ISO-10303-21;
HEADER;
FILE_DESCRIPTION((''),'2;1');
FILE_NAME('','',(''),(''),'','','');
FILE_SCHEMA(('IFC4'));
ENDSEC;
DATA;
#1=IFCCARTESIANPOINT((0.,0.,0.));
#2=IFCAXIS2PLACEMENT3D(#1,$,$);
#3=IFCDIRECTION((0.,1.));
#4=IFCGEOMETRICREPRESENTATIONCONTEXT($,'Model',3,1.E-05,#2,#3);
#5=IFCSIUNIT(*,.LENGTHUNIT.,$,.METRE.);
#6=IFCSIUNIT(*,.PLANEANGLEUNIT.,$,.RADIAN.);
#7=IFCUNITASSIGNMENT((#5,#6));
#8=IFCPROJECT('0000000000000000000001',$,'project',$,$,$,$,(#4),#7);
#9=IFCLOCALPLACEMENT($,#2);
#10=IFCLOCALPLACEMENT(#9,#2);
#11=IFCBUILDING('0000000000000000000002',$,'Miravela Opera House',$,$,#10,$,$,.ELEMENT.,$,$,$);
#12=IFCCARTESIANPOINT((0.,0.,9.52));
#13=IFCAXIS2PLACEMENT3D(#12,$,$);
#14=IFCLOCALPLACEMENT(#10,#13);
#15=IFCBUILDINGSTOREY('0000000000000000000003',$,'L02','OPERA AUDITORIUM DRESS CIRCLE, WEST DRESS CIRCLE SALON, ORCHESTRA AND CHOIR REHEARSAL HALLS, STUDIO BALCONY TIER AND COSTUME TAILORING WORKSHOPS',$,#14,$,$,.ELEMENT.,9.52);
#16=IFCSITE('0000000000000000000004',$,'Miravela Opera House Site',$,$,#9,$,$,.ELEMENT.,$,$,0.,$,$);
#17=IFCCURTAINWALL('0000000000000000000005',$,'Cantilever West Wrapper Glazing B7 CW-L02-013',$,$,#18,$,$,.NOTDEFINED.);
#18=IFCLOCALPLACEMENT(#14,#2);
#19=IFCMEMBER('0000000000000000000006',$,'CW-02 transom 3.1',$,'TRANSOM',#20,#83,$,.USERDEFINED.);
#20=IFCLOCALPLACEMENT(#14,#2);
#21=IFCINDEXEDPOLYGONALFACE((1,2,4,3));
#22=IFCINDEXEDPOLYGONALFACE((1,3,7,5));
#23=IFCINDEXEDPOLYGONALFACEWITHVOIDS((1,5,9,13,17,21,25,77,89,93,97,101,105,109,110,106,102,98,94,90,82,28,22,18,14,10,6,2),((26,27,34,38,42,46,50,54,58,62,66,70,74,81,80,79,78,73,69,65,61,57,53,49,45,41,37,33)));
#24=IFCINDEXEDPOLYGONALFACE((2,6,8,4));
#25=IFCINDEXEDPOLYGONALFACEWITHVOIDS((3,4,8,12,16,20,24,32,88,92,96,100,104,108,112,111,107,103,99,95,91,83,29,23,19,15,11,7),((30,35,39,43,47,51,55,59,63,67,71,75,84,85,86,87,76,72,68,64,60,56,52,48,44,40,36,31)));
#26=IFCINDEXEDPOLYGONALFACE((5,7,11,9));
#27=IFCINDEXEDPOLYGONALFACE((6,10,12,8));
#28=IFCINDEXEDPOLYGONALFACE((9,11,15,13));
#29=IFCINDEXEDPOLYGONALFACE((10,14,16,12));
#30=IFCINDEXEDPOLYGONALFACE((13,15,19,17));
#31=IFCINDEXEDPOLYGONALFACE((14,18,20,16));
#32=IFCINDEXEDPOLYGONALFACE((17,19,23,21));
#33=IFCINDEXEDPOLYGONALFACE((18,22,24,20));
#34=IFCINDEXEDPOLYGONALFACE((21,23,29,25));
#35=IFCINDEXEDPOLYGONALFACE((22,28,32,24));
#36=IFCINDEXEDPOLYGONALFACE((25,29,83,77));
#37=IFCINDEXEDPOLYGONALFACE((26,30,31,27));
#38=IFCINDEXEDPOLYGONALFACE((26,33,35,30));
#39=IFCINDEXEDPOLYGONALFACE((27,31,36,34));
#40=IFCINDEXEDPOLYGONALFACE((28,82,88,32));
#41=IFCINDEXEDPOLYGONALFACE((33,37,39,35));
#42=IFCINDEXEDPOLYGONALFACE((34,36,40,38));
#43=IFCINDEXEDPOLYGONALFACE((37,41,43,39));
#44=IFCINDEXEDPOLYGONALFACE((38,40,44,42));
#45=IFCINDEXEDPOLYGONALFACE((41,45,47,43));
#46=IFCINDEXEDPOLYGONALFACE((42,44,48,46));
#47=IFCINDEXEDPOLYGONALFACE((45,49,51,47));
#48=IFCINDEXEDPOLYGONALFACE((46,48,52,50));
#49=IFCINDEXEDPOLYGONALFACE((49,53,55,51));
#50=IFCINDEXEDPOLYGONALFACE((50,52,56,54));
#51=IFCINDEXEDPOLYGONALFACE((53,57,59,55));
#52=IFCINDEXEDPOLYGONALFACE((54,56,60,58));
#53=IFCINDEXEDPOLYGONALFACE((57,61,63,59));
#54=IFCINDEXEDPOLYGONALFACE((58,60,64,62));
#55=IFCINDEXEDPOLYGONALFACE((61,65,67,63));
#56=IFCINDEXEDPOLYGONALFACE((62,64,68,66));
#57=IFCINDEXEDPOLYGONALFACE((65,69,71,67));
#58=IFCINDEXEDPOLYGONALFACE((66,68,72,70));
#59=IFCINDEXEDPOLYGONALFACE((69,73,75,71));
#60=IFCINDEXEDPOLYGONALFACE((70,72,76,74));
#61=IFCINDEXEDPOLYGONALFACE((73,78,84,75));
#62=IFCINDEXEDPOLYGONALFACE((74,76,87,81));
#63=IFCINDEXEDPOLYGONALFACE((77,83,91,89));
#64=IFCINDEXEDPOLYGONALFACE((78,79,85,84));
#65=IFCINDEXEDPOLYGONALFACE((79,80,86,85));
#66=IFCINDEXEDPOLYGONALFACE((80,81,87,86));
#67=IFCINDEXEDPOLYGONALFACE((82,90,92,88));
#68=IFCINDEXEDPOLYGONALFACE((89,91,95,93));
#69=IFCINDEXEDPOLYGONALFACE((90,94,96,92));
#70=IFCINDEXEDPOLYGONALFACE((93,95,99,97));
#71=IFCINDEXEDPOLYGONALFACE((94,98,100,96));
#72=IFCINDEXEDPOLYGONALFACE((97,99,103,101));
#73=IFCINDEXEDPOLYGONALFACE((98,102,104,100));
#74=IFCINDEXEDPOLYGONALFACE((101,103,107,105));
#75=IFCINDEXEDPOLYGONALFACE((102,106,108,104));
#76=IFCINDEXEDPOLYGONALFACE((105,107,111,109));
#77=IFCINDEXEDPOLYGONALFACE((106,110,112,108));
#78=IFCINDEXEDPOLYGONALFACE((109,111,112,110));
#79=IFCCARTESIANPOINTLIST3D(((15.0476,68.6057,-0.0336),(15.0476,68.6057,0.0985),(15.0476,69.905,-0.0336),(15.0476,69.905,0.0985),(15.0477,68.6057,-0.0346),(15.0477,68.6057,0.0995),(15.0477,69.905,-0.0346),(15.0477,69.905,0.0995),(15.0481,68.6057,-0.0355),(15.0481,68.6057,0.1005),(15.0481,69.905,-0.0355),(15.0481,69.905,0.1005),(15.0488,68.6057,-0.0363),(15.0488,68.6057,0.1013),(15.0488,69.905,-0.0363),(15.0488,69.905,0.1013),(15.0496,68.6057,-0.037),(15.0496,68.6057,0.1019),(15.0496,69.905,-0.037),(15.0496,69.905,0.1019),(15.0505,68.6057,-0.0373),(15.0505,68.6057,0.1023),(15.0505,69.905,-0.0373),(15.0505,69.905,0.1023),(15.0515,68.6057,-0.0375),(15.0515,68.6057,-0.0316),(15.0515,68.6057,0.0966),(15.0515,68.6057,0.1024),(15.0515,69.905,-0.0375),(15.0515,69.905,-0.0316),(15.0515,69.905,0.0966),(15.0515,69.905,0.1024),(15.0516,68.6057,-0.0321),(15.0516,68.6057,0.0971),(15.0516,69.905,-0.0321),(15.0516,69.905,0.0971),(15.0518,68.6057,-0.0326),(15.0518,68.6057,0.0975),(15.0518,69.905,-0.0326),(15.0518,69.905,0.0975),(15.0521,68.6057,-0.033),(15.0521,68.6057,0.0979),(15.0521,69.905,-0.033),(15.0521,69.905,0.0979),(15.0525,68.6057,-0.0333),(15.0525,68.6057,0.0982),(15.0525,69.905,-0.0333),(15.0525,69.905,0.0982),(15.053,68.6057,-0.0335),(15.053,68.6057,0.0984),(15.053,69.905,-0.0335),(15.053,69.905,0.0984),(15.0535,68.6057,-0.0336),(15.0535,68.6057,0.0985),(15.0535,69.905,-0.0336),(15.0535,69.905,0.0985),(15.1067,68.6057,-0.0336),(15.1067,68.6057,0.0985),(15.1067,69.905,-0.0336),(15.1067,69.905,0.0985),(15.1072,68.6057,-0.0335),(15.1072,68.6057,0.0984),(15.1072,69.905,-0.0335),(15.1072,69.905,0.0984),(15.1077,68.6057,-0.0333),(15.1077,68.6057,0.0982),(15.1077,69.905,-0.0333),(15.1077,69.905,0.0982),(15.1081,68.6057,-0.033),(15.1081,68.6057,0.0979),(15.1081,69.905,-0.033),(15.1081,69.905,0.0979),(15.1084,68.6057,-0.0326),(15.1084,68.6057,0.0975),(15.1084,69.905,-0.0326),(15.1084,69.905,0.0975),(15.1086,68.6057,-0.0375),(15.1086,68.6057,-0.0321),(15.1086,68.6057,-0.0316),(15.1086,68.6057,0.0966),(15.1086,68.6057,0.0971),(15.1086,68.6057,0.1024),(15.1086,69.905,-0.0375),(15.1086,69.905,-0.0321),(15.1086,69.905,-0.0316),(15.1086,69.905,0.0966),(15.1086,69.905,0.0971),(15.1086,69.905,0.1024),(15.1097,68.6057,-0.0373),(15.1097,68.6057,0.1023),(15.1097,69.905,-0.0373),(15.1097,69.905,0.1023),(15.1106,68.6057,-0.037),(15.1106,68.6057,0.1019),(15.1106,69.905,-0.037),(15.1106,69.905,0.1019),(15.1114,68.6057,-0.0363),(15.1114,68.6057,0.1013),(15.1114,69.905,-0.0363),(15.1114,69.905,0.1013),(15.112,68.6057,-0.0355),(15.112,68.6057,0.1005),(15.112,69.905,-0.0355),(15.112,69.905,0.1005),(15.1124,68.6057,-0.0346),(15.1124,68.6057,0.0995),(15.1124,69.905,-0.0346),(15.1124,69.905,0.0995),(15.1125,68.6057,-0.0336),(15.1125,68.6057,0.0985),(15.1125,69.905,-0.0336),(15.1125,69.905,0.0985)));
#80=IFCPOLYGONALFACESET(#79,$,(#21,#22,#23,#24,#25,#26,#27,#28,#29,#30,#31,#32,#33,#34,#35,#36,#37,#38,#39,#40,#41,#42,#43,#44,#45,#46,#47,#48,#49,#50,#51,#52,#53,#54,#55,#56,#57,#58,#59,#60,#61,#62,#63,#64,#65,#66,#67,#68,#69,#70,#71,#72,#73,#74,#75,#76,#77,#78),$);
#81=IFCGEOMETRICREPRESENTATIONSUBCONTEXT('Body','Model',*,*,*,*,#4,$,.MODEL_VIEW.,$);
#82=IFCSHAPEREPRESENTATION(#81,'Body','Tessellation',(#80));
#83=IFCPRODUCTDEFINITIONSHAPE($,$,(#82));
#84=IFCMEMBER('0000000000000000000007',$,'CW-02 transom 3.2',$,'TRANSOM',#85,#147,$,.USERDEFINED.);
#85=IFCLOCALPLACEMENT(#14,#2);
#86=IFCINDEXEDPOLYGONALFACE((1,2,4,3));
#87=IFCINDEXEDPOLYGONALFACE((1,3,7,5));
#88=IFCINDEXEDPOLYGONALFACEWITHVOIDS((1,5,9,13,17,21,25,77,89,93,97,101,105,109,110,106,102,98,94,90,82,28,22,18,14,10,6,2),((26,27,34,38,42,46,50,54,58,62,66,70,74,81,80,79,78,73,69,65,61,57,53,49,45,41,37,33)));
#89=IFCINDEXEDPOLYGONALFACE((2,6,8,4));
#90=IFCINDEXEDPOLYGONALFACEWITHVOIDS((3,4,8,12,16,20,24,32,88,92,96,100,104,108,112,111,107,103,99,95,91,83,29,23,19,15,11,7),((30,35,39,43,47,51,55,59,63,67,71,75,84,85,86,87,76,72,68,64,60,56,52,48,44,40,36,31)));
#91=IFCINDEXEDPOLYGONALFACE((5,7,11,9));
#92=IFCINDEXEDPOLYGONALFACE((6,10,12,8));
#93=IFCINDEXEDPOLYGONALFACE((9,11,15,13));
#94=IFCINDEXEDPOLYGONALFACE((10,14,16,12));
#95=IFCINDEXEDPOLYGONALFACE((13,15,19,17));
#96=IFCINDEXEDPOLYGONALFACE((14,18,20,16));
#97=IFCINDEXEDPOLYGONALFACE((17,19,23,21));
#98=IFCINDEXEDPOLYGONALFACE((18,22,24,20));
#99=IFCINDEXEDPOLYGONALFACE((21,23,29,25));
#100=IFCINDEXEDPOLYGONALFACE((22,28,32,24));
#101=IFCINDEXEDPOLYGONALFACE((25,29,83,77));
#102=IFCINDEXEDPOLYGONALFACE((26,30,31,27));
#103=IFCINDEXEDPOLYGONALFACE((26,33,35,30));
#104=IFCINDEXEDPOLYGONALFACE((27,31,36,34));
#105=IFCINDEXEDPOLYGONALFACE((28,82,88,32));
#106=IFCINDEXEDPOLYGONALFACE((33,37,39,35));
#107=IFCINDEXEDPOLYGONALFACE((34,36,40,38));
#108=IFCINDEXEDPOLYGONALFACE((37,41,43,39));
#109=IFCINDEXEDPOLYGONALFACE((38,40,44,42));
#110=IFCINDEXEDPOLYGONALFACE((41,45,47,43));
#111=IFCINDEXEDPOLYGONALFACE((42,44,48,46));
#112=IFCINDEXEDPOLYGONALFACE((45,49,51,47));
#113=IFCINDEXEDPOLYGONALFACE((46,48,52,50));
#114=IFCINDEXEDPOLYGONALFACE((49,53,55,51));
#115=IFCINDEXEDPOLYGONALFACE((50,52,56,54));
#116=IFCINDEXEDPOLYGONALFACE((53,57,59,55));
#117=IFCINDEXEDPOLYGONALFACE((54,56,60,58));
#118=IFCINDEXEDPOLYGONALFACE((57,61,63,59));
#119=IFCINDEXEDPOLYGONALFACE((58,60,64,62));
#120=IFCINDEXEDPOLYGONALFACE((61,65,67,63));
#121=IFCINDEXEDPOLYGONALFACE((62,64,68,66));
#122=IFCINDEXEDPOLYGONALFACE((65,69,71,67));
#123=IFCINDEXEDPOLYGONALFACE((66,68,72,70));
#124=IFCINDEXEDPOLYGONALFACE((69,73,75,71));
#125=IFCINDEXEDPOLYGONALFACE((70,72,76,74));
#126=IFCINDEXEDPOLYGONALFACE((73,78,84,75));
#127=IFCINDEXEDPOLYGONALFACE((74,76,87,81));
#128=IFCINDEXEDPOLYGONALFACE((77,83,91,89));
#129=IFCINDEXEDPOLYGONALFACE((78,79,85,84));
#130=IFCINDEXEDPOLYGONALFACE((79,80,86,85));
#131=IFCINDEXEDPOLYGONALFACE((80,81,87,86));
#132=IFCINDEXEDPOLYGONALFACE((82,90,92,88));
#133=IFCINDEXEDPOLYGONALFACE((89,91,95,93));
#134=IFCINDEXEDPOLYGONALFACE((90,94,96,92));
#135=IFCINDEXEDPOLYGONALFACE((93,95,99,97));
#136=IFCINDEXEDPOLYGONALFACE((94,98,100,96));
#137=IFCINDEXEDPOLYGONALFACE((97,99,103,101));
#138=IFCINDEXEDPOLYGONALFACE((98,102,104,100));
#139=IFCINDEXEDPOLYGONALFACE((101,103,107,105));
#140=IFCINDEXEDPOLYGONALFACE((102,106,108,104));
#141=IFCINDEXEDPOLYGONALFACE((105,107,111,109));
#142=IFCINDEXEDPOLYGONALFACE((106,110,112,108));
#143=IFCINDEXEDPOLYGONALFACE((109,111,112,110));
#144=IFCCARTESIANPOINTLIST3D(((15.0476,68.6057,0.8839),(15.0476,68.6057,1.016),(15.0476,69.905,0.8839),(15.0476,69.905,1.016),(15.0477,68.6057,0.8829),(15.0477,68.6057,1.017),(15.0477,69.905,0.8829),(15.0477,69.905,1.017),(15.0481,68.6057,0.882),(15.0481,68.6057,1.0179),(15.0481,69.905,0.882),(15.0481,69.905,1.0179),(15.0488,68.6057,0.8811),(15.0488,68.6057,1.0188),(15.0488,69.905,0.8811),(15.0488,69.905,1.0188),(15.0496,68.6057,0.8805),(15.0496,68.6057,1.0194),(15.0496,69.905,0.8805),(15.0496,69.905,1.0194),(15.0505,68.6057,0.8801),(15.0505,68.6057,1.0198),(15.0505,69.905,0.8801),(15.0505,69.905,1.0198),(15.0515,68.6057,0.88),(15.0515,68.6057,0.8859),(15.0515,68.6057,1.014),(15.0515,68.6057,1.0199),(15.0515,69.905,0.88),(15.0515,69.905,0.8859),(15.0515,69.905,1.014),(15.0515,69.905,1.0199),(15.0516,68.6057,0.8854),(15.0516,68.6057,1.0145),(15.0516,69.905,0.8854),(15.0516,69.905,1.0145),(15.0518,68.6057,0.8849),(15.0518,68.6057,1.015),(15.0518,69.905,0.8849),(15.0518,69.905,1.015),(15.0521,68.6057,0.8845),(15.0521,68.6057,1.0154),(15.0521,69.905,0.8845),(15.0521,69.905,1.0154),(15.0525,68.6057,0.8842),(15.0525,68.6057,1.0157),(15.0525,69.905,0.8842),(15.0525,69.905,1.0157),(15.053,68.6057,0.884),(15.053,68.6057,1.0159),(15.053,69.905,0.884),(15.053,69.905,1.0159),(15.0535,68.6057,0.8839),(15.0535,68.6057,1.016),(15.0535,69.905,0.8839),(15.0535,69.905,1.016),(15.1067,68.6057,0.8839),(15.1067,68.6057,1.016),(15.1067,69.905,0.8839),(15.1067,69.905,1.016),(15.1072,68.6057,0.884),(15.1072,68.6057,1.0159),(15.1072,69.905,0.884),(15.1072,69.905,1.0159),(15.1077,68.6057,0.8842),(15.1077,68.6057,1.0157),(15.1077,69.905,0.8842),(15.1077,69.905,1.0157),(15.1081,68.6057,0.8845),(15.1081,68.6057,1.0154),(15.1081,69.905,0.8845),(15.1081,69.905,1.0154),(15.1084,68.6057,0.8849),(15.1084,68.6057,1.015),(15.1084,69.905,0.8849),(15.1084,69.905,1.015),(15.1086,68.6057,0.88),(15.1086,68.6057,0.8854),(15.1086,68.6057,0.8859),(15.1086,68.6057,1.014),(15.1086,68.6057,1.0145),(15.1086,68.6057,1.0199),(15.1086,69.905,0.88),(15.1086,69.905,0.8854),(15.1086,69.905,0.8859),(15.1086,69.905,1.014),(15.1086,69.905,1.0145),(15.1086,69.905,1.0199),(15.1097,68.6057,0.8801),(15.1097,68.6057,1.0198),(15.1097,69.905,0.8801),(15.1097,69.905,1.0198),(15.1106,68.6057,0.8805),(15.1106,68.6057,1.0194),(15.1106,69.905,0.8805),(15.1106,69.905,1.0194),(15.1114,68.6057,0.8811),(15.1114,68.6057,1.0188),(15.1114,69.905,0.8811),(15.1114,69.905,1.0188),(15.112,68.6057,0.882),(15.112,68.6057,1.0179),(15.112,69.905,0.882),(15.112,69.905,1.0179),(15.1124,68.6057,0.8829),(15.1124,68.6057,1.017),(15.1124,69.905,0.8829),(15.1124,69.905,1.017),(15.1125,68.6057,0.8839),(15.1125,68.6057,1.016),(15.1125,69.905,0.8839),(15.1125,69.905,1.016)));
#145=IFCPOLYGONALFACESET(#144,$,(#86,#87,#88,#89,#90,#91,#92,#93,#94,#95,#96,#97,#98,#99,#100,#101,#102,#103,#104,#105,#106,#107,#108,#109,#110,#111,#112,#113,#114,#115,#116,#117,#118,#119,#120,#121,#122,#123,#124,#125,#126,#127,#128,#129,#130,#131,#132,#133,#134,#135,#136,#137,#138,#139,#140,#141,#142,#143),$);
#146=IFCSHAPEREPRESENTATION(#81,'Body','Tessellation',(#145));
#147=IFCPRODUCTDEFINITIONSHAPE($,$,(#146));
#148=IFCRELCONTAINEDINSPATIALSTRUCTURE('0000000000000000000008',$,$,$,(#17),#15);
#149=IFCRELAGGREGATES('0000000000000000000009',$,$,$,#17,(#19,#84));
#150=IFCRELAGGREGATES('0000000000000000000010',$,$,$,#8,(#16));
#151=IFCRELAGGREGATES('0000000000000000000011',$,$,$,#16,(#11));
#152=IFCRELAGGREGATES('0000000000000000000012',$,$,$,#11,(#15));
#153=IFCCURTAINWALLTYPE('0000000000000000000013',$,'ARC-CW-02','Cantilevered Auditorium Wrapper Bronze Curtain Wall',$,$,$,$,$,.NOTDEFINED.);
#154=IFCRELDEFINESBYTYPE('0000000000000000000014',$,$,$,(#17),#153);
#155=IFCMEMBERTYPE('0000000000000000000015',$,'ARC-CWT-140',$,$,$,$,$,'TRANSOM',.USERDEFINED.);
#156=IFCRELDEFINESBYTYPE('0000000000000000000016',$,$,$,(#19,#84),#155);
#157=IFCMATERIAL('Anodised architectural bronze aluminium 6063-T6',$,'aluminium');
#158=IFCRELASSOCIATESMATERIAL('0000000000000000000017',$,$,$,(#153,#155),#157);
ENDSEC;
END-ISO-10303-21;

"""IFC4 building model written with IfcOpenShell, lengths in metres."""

from ifc_helpers import new_model, si_unit, direction, frame, origin, origin_2d, place, context, subcontext, project, spatial, hollow_rectangle, extrude, material, material_profile, profile_set, type_object, element, aggregate, save


model = new_model("IFC4")

# Units and contexts
model_context = context("Model", 3, precision=1e-05, world=origin(), true_north=direction((0.0, 1.0)))
body_context = subcontext(model_context, "Body", "Model", "MODEL_VIEW")
ifc_project = project(units=[si_unit("LENGTHUNIT", "METRE"), si_unit("PLANEANGLEUNIT", "RADIAN")], contexts=[model_context])

# Site, building, storey
site_placement = place(None, origin())
site = spatial("IfcSite", under=ifc_project, at=site_placement, Name="Miravela Opera House Site", CompositionType="ELEMENT", RefElevation=0.0)
building_placement = place(site_placement, origin())
building = spatial("IfcBuilding", under=site, at=building_placement, Name="Miravela Opera House", CompositionType="ELEMENT")
storey_placement = place(building_placement, frame((0.0, 0.0, 9.52)))
storey = spatial("IfcBuildingStorey", under=building, at=storey_placement, Name="L02", Description="OPERA AUDITORIUM DRESS CIRCLE, WEST DRESS CIRCLE SALON, ORCHESTRA AND CHOIR REHEARSAL HALLS, STUDIO BALCONY TIER AND COSTUME TAILORING WORKSHOPS", CompositionType="ELEMENT", Elevation=9.52)

# Curtain wall, members
ifc_material_1 = material(Name="Anodised architectural bronze aluminium 6063-T6", Category="aluminium")
curtain_wall_type = type_object("IfcCurtainWallType", Name="ARC-CW-02", Description="Cantilevered Auditorium Wrapper Bronze Curtain Wall", PredefinedType="NOTDEFINED", material=ifc_material_1)
curtain_wall_placement = place(storey_placement, origin())
curtain_wall = element("IfcCurtainWall", 1, at=curtain_wall_placement, inside=storey, type_object=curtain_wall_type, Name="Cantilever West Wrapper Glazing B7 CW-L02-013", PredefinedType="NOTDEFINED")
ifc_material_profile_1 = material_profile(ifc_material_1, hollow_rectangle(XDim=0.0649, YDim=0.1399, WallThickness=0.0039, InnerFilletRadius=0.002, OuterFilletRadius=0.0039, at=origin_2d()), Name="CWT-65X140")
ifc_profile_set_1 = profile_set([ifc_material_profile_1])
member_type_1 = type_object("IfcMemberType", Name="ARC-CWT-140", ElementType="TRANSOM", PredefinedType="USERDEFINED", material=ifc_profile_set_1)
member_1_placement = place(storey_placement, frame((15.0801, 68.6057, 0.0325), z_axis=(0.0, 1.0, 0.0), x_axis=(-1.0, 0.0, 0.0)))
member_1 = element("IfcMember", 2, at=member_1_placement, type_object=member_type_1, Name="CW-02 transom 3.1", ObjectType="TRANSOM", PredefinedType="USERDEFINED", context=body_context, shape_type="SweptSolid", body=[
    extrude(hollow_rectangle(XDim=0.0649, YDim=0.1399, WallThickness=0.0039, InnerFilletRadius=0.002, OuterFilletRadius=0.0039, at=origin_2d()), origin(), (0.0, 0.0, 1.0), 1.2993),
])
member_2_placement = place(storey_placement, frame((15.0801, 68.6057, 0.95), z_axis=(0.0, 1.0, 0.0), x_axis=(-1.0, 0.0, 0.0)))
member_2 = element("IfcMember", 3, at=member_2_placement, type_object=member_type_1, Name="CW-02 transom 3.2", ObjectType="TRANSOM", PredefinedType="USERDEFINED", context=body_context, shape_type="SweptSolid", body=[
    extrude(hollow_rectangle(XDim=0.0649, YDim=0.1399, WallThickness=0.0039, InnerFilletRadius=0.002, OuterFilletRadius=0.0039, at=origin_2d()), origin(), (0.0, 0.0, 1.0), 1.2993),
])

aggregate(curtain_wall, [member_1, member_2])

save(model, "model.ifc")
